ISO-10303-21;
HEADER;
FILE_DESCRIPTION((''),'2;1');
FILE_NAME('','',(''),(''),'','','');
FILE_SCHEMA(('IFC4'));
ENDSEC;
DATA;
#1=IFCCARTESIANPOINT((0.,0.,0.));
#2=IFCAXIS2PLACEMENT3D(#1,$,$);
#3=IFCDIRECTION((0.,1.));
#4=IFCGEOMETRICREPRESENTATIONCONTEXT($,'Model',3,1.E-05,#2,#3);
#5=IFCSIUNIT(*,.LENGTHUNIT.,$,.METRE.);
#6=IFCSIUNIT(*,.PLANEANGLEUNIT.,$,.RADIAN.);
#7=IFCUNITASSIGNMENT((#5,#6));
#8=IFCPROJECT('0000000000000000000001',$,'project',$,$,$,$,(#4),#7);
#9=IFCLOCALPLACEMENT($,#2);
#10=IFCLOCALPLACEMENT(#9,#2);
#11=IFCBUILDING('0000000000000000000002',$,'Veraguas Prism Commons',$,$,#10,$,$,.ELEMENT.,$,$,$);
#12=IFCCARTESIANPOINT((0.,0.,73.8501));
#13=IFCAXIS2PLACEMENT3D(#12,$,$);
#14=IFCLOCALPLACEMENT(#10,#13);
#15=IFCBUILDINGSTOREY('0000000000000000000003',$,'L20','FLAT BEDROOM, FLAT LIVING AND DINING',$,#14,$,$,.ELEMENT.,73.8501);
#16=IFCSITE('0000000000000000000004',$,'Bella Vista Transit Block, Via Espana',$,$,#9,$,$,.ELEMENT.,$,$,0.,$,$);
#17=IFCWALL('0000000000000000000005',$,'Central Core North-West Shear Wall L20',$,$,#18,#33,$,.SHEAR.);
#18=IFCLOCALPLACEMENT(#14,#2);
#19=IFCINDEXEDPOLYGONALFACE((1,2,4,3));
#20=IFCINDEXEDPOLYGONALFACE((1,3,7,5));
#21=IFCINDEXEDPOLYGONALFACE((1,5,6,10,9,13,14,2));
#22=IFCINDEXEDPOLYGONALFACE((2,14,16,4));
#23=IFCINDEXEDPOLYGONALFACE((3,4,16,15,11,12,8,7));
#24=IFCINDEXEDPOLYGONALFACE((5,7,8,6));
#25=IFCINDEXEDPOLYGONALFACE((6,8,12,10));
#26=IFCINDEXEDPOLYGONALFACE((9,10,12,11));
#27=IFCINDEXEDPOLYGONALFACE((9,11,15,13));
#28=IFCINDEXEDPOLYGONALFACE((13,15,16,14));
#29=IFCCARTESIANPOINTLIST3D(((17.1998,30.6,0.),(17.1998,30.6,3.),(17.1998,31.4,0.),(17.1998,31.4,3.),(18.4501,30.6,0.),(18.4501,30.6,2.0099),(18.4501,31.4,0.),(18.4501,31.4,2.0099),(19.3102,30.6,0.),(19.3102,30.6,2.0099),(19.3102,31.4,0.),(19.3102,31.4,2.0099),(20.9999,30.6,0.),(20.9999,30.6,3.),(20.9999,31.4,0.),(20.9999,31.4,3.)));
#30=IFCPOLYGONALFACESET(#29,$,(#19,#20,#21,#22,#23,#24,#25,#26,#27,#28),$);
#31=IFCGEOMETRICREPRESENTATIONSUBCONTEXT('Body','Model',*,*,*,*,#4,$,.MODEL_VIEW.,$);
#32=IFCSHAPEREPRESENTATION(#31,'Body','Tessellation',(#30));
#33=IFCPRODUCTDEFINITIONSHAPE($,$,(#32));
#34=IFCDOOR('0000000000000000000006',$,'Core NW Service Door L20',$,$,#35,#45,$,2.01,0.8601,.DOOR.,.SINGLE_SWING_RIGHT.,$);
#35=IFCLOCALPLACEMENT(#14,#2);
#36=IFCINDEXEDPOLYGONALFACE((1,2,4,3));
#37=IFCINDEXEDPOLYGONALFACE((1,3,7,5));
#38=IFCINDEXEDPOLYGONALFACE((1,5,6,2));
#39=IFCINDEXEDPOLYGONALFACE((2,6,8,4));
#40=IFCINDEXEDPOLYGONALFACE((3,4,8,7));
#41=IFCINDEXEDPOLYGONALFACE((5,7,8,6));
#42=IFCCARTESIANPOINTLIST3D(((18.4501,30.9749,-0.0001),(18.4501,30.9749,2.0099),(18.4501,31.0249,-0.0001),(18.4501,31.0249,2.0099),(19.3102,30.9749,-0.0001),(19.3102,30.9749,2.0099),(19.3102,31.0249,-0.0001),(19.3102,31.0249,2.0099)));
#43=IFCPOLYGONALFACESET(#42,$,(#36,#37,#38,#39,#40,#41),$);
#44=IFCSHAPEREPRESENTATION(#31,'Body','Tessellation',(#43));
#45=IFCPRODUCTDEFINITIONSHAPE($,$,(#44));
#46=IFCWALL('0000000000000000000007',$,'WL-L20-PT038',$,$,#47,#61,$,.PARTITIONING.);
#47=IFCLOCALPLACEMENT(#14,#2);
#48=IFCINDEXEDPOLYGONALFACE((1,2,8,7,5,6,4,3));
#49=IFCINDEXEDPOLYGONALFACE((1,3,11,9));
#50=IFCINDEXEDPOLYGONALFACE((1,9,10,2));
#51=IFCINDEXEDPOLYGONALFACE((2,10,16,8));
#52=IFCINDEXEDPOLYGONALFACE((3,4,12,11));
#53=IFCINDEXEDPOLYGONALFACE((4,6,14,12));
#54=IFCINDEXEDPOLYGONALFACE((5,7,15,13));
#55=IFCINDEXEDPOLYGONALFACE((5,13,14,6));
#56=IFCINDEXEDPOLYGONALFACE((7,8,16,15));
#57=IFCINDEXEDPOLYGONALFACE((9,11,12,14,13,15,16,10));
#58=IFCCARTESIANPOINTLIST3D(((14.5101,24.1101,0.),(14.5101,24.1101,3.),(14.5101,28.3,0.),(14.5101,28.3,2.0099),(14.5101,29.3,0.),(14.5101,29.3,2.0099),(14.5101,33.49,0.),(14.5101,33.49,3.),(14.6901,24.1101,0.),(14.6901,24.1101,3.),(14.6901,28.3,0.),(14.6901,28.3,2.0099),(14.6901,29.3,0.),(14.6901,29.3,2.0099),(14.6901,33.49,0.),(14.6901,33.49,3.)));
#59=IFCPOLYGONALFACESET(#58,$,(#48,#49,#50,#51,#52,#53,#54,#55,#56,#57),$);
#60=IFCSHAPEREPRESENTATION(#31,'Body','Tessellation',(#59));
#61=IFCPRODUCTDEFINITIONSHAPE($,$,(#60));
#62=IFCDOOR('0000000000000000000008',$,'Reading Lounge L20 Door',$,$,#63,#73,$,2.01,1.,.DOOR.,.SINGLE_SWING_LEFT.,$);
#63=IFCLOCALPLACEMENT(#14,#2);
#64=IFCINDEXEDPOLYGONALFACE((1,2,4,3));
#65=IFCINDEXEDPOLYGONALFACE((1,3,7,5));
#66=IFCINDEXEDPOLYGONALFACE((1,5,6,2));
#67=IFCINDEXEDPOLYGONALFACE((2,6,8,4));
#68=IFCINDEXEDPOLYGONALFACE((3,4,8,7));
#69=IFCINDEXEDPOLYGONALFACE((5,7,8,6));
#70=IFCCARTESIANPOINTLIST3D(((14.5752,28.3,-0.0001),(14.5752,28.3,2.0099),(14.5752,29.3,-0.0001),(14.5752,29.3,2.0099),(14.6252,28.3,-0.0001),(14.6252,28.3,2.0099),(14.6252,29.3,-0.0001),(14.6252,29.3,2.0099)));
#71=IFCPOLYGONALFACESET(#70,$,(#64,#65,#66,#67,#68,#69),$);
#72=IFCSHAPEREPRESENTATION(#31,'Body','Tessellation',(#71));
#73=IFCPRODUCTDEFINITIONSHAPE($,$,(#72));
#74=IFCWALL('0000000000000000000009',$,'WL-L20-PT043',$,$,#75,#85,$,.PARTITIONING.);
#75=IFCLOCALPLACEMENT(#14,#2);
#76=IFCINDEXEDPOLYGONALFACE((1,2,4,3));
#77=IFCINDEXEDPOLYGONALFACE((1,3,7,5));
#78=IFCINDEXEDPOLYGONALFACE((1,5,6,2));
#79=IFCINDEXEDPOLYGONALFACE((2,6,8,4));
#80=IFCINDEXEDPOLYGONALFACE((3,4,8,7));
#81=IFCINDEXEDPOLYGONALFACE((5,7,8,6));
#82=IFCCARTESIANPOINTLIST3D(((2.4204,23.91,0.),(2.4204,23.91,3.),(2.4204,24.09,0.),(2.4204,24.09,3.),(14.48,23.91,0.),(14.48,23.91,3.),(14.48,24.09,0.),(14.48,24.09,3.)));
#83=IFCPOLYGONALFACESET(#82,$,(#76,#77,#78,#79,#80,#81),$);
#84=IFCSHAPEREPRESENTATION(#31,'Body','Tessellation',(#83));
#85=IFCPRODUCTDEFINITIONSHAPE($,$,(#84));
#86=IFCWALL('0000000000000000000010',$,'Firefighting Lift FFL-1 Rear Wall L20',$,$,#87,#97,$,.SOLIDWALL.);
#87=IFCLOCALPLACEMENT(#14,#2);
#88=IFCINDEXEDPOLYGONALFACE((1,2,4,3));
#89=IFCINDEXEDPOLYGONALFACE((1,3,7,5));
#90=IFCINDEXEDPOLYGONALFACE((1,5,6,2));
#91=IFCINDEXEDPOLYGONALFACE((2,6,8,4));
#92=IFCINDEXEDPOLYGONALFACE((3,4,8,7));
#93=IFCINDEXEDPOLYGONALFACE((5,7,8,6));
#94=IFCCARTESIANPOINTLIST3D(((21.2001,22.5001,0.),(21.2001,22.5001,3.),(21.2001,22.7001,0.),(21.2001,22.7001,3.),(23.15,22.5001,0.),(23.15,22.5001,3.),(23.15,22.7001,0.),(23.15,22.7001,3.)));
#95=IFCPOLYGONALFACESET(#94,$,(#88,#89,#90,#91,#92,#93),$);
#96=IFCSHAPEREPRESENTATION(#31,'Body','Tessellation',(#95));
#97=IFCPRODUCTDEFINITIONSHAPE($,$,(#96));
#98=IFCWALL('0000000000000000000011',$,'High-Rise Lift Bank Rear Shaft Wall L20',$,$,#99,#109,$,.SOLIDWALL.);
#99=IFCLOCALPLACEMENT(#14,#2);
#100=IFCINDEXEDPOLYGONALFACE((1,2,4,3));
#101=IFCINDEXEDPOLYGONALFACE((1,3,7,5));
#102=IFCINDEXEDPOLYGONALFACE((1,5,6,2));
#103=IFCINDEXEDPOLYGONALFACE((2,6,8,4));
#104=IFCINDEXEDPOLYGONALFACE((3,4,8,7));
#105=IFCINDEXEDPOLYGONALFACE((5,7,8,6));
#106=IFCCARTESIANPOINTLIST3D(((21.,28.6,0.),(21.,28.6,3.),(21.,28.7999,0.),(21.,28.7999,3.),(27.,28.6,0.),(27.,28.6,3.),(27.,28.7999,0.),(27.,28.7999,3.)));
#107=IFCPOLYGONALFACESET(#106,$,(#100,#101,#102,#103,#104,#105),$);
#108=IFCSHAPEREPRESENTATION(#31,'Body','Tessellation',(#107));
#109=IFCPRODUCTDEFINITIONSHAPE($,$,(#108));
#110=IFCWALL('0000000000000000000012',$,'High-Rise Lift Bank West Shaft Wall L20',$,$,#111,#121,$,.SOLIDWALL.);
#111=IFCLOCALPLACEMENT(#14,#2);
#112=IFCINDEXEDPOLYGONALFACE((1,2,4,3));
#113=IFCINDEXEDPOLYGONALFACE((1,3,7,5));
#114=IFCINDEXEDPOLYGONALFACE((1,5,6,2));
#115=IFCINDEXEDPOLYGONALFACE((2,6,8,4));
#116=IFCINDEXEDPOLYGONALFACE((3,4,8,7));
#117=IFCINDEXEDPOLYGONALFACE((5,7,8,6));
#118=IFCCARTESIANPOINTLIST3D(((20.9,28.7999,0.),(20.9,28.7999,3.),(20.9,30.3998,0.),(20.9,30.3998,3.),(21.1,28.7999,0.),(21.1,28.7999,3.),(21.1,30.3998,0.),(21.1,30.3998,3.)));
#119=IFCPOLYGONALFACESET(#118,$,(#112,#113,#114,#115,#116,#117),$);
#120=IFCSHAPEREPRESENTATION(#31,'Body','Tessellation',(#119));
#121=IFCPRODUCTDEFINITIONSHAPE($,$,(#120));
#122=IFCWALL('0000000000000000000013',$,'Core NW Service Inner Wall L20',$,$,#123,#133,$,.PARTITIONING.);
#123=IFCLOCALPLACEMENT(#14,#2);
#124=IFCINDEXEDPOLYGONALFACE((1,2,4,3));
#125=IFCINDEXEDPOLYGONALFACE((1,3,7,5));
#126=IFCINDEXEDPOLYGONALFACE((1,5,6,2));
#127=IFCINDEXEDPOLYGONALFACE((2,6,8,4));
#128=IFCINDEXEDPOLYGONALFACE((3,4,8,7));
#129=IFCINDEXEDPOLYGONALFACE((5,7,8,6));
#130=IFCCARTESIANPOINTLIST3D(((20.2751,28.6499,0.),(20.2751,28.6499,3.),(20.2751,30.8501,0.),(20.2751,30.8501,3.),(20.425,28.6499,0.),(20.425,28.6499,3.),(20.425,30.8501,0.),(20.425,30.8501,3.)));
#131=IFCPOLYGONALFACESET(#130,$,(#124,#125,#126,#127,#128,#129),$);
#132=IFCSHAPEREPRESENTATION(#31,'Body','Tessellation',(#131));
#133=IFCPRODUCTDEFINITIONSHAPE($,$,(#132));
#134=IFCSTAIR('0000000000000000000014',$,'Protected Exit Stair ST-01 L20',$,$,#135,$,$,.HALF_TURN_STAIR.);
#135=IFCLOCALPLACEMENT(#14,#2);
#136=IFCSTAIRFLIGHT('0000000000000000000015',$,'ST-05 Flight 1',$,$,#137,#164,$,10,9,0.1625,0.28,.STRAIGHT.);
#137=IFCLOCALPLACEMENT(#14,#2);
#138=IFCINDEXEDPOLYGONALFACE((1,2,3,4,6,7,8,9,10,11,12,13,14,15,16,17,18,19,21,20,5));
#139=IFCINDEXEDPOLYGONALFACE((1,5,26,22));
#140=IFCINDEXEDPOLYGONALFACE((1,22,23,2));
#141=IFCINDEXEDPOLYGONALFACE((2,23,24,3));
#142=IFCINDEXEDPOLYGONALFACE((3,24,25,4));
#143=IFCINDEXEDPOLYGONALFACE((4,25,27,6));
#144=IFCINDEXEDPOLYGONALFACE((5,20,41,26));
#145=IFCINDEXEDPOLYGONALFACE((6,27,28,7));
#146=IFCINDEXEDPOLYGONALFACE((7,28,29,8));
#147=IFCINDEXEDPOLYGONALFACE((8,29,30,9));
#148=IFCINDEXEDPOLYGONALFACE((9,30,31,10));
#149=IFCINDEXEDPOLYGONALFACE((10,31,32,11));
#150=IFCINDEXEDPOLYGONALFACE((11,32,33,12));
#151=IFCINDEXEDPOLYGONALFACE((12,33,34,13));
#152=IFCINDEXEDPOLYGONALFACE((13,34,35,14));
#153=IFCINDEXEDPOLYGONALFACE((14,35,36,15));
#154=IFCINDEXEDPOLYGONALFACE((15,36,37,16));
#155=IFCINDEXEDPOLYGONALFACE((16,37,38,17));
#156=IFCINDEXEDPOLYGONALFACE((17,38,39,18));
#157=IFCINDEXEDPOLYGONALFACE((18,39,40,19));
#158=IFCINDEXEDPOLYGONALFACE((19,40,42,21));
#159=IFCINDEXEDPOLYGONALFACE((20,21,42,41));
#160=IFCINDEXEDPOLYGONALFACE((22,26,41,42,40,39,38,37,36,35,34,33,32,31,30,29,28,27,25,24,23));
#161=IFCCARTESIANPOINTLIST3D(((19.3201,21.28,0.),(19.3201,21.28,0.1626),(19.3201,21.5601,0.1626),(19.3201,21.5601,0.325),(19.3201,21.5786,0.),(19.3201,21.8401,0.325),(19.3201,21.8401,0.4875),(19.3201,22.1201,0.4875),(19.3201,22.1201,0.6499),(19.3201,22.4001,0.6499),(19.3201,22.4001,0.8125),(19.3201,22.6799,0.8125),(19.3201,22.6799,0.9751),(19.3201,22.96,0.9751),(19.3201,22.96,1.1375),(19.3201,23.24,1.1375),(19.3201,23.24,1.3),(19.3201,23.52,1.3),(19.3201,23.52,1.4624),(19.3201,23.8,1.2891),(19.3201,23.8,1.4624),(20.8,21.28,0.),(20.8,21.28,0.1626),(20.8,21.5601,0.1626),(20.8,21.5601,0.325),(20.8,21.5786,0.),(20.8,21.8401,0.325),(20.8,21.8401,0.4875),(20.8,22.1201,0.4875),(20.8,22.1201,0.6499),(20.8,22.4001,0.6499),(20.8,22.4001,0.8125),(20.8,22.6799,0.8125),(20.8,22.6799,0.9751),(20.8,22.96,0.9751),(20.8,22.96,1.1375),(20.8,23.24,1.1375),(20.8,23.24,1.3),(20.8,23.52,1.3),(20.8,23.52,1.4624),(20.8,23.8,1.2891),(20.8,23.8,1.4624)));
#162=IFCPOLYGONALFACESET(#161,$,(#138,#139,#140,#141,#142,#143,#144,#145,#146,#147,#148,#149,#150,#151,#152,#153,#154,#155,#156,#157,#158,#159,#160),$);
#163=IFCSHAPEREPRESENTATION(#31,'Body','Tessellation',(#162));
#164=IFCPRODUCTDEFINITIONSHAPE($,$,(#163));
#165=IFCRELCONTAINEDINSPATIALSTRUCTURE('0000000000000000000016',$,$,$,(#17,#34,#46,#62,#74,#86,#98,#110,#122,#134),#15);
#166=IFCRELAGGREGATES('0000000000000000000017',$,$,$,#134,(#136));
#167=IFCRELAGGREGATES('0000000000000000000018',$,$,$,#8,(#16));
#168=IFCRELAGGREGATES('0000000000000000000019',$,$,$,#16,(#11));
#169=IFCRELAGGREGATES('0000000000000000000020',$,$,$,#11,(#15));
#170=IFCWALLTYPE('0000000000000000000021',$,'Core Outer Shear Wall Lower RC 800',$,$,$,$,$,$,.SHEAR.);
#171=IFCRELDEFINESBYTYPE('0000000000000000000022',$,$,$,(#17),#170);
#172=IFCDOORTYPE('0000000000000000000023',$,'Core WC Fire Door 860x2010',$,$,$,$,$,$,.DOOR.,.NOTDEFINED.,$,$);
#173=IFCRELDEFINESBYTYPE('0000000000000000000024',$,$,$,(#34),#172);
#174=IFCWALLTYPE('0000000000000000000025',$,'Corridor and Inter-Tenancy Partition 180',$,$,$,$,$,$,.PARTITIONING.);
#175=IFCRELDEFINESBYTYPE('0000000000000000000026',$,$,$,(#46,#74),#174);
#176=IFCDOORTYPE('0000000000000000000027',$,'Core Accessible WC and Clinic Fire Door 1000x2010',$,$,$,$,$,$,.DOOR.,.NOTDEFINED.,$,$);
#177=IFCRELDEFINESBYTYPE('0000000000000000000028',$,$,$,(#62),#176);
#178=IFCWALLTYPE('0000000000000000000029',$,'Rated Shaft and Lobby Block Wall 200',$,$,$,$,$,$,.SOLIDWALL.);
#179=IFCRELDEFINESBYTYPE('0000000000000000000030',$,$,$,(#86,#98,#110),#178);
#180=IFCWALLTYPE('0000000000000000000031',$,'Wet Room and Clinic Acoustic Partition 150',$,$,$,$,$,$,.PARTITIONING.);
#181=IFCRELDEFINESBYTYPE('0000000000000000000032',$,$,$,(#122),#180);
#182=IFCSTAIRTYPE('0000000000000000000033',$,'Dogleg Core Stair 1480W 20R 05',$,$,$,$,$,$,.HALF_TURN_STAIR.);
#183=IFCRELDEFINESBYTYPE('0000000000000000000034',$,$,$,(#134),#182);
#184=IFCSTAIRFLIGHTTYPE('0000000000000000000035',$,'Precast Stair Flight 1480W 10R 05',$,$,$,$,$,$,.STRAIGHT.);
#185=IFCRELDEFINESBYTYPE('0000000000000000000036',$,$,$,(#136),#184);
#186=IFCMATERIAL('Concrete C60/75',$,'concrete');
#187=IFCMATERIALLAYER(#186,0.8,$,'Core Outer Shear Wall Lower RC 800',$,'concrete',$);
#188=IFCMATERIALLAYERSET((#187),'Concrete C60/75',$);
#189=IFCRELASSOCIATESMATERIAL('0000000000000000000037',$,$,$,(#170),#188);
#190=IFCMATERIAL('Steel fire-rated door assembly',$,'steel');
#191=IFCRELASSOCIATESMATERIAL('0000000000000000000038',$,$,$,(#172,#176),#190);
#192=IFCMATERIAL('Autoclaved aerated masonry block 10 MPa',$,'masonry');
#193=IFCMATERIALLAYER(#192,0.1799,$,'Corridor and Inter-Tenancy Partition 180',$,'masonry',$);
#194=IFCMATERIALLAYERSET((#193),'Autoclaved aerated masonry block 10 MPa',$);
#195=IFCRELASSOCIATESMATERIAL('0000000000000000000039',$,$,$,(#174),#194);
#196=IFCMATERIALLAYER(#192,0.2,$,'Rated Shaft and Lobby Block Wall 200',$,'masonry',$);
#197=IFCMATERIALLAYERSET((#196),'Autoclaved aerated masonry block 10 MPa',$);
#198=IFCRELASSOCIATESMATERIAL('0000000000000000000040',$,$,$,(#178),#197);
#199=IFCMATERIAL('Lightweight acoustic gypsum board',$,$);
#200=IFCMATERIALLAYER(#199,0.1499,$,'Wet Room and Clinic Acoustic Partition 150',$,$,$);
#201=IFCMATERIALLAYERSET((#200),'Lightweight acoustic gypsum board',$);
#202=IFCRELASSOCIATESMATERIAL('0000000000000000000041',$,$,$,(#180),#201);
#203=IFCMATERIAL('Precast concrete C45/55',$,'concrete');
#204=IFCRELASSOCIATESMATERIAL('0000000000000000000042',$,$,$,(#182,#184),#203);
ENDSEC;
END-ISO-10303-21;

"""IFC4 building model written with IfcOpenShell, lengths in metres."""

from ifc_helpers import new_model, si_unit, direction, frame, frame_2d, origin, place, context, subcontext, project, spatial, polyline, rectangle, outline, extrude, source, transform, mapped, material, layer, layer_set, type_object, element, fill, aggregate, save


model = new_model("IFC4")

# Units and contexts
model_context = context("Model", 3, precision=1e-05, world=origin(), true_north=direction((0.0, 1.0)))
body_context = subcontext(model_context, "Body", "Model", "MODEL_VIEW")
ifc_project = project(units=[si_unit("LENGTHUNIT", "METRE"), si_unit("PLANEANGLEUNIT", "RADIAN")], contexts=[model_context])

# Site, building, storey
site_placement = place(None, origin())
site = spatial("IfcSite", under=ifc_project, at=site_placement, Name="Bella Vista Transit Block, Via Espana", CompositionType="ELEMENT", RefElevation=0.0)
building_placement = place(site_placement, origin())
building = spatial("IfcBuilding", under=site, at=building_placement, Name="Veraguas Prism Commons", CompositionType="ELEMENT")
storey_placement = place(building_placement, frame((0.0, 0.0, 73.8501)))
storey = spatial("IfcBuildingStorey", under=building, at=storey_placement, Name="L20", Description="FLAT BEDROOM, FLAT LIVING AND DINING", CompositionType="ELEMENT", Elevation=73.8501)

# Shared definitions
ifc_material_1 = material(Name="Concrete C60/75", Category="concrete")

# Walls, openings, doors
ifc_layer_1 = layer(ifc_material_1, 0.8, Name="Core Outer Shear Wall Lower RC 800", Category="concrete")
ifc_layer_set_1 = layer_set([ifc_layer_1], Name="Concrete C60/75")
wall_type_1 = type_object("IfcWallType", Name="Core Outer Shear Wall Lower RC 800", PredefinedType="SHEAR", material=ifc_layer_set_1)
wall_1_placement = place(storey_placement, frame((17.2, 31.0, 0.0), z_axis=(0.0, 0.0, 1.0), x_axis=(1.0, 0.0, 0.0)))
wall_1 = element("IfcWall", 1, at=wall_1_placement, inside=storey, type_object=wall_type_1, Name="Central Core North-West Shear Wall L20", PredefinedType="SHEAR", context=body_context, shape_type="SweptSolid", body=[
    extrude(rectangle(XDim=3.8, YDim=0.8, at=frame_2d((1.8999, 0.0))), origin(), (0.0, 0.0, 1.0), 3.0),
])
opening_1_placement = place(wall_1_placement, frame((1.25, 0.0, 0.0)))
opening_1 = element("IfcOpeningElement", 2, at=opening_1_placement, cuts=wall_1, PredefinedType="OPENING", context=body_context, shape_type="SweptSolid", body=[
    extrude(rectangle(XDim=0.8601, YDim=2.01, at=frame_2d((0.4302, 1.0049))), frame((0.0, 0.4099, 0.0), z_axis=(0.0, -1.0, 0.0), x_axis=(1.0, 0.0, 0.0)), (0.0, 0.0, 1.0), 0.8201),
])
ifc_material_2 = material(Name="Steel fire-rated door assembly", Category="steel")
door_type_1 = type_object("IfcDoorType", Name="Core WC Fire Door 860x2010", OperationType="NOTDEFINED", PredefinedType="DOOR", material=ifc_material_2)
shared_shape_1 = source(origin(), body_context, "Body", "SweptSolid", [
    extrude(rectangle(XDim=0.8601, YDim=2.01, at=frame_2d((0.4302, 1.0049))), frame((0.0, 0.0249, 0.0), z_axis=(0.0, -1.0, 0.0), x_axis=(1.0, 0.0, 0.0)), (0.0, 0.0, 1.0), 0.05),
])
door_1_placement = place(opening_1_placement, origin())
door_1 = element("IfcDoor", 3, at=door_1_placement, inside=storey, type_object=door_type_1, Name="Core NW Service Door L20", OperationType="SINGLE_SWING_RIGHT", OverallHeight=2.01, OverallWidth=0.8601, PredefinedType="DOOR", context=body_context, shape_type="MappedRepresentation", body=[
    mapped(shared_shape_1, transform((0.0, 0.0, 0.0), scale=1.0)),
])
fill(opening_1, door_1)
ifc_material_3 = material(Name="Autoclaved aerated masonry block 10 MPa", Category="masonry")
ifc_layer_2 = layer(ifc_material_3, 0.1799, Name="Corridor and Inter-Tenancy Partition 180", Category="masonry")
ifc_layer_set_2 = layer_set([ifc_layer_2], Name="Autoclaved aerated masonry block 10 MPa")
wall_type_2 = type_object("IfcWallType", Name="Corridor and Inter-Tenancy Partition 180", PredefinedType="PARTITIONING", material=ifc_layer_set_2)
wall_2_placement = place(storey_placement, frame((14.6001, 24.1101, 0.0), z_axis=(0.0, 0.0, 1.0), x_axis=(0.0, 1.0, 0.0)))
wall_2 = element("IfcWall", 4, at=wall_2_placement, inside=storey, type_object=wall_type_2, Name="WL-L20-PT038", PredefinedType="PARTITIONING", context=body_context, shape_type="SweptSolid", body=[
    extrude(rectangle(XDim=9.3799, YDim=0.1799, at=frame_2d((4.6899, 0.0))), origin(), (0.0, 0.0, 1.0), 3.0),
])
opening_2_placement = place(wall_2_placement, frame((4.1899, 0.0, 0.0)))
opening_2 = element("IfcOpeningElement", 5, at=opening_2_placement, cuts=wall_2, PredefinedType="OPENING", context=body_context, shape_type="SweptSolid", body=[
    extrude(rectangle(XDim=1.0, YDim=2.01, at=frame_2d((0.5, 1.0049))), frame((0.0, 0.0999, 0.0), z_axis=(0.0, -1.0, 0.0), x_axis=(1.0, 0.0, 0.0)), (0.0, 0.0, 1.0), 0.2),
])
door_type_2 = type_object("IfcDoorType", Name="Core Accessible WC and Clinic Fire Door 1000x2010", OperationType="NOTDEFINED", PredefinedType="DOOR", material=ifc_material_2)
shared_shape_2 = source(origin(), body_context, "Body", "SweptSolid", [
    extrude(rectangle(XDim=1.0, YDim=2.01, at=frame_2d((0.5, 1.0049))), frame((0.0, 0.0249, 0.0), z_axis=(0.0, -1.0, 0.0), x_axis=(1.0, 0.0, 0.0)), (0.0, 0.0, 1.0), 0.05),
])
door_2_placement = place(opening_2_placement, origin())
door_2 = element("IfcDoor", 6, at=door_2_placement, inside=storey, type_object=door_type_2, Name="Reading Lounge L20 Door", OperationType="SINGLE_SWING_LEFT", OverallHeight=2.01, OverallWidth=1.0, PredefinedType="DOOR", context=body_context, shape_type="MappedRepresentation", body=[
    mapped(shared_shape_2, transform((0.0, 0.0, 0.0), scale=1.0)),
])
fill(opening_2, door_2)

# Walls
wall_3_placement = place(storey_placement, frame((14.48, 24.0, 0.0), z_axis=(0.0, 0.0, 1.0), x_axis=(-1.0, 0.0, 0.0)))
element("IfcWall", 7, at=wall_3_placement, inside=storey, type_object=wall_type_2, Name="WL-L20-PT043", PredefinedType="PARTITIONING", context=body_context, shape_type="SweptSolid", body=[
    extrude(rectangle(XDim=12.0596, YDim=0.1799, at=frame_2d((6.0298, 0.0))), origin(), (0.0, 0.0, 1.0), 3.0),
])
ifc_layer_3 = layer(ifc_material_3, 0.2, Name="Rated Shaft and Lobby Block Wall 200", Category="masonry")
ifc_layer_set_3 = layer_set([ifc_layer_3], Name="Autoclaved aerated masonry block 10 MPa")
wall_type_3 = type_object("IfcWallType", Name="Rated Shaft and Lobby Block Wall 200", PredefinedType="SOLIDWALL", material=ifc_layer_set_3)
wall_4_placement = place(storey_placement, frame((21.2, 22.6001, 0.0), z_axis=(0.0, 0.0, 1.0), x_axis=(1.0, 0.0, 0.0)))
element("IfcWall", 8, at=wall_4_placement, inside=storey, type_object=wall_type_3, Name="Firefighting Lift FFL-1 Rear Wall L20", PredefinedType="SOLIDWALL", context=body_context, shape_type="SweptSolid", body=[
    extrude(rectangle(XDim=1.95, YDim=0.2, at=frame_2d((0.9751, 0.0))), origin(), (0.0, 0.0, 1.0), 3.0),
])
wall_5_placement = place(storey_placement, frame((21.0, 28.7, 0.0), z_axis=(0.0, 0.0, 1.0), x_axis=(1.0, 0.0, 0.0)))
element("IfcWall", 9, at=wall_5_placement, inside=storey, type_object=wall_type_3, Name="High-Rise Lift Bank Rear Shaft Wall L20", PredefinedType="SOLIDWALL", context=body_context, shape_type="SweptSolid", body=[
    extrude(rectangle(XDim=6.0, YDim=0.2, at=frame_2d((3.0, 0.0))), origin(), (0.0, 0.0, 1.0), 3.0),
])
wall_6_placement = place(storey_placement, frame((21.0, 28.8, 0.0), z_axis=(0.0, 0.0, 1.0), x_axis=(0.0, 1.0, 0.0)))
element("IfcWall", 10, at=wall_6_placement, inside=storey, type_object=wall_type_3, Name="High-Rise Lift Bank West Shaft Wall L20", PredefinedType="SOLIDWALL", context=body_context, shape_type="SweptSolid", body=[
    extrude(rectangle(XDim=1.5999, YDim=0.2, at=frame_2d((0.7998, 0.0))), origin(), (0.0, 0.0, 1.0), 3.0),
])
ifc_material_4 = material(Name="Lightweight acoustic gypsum board")
ifc_layer_4 = layer(ifc_material_4, 0.1499, Name="Wet Room and Clinic Acoustic Partition 150")
ifc_layer_set_4 = layer_set([ifc_layer_4], Name="Lightweight acoustic gypsum board")
wall_type_4 = type_object("IfcWallType", Name="Wet Room and Clinic Acoustic Partition 150", PredefinedType="PARTITIONING", material=ifc_layer_set_4)
wall_7_placement = place(storey_placement, frame((20.3501, 28.6499, 0.0), z_axis=(0.0, 0.0, 1.0), x_axis=(0.0, 1.0, 0.0)))
element("IfcWall", 11, at=wall_7_placement, inside=storey, type_object=wall_type_4, Name="Core NW Service Inner Wall L20", PredefinedType="PARTITIONING", context=body_context, shape_type="SweptSolid", body=[
    extrude(rectangle(XDim=2.2002, YDim=0.1499, at=frame_2d((1.1001, 0.0))), origin(), (0.0, 0.0, 1.0), 3.0),
])

# Stair, stair flight
ifc_material_5 = material(Name="Precast concrete C45/55", Category="concrete")
stair_type = type_object("IfcStairType", Name="Dogleg Core Stair 1480W 20R 05", PredefinedType="HALF_TURN_STAIR", material=ifc_material_5)
stair_placement = place(storey_placement, origin())
stair = element("IfcStair", 12, at=stair_placement, inside=storey, type_object=stair_type, Name="Protected Exit Stair ST-01 L20", PredefinedType="HALF_TURN_STAIR")
stair_flight_type = type_object("IfcStairFlightType", Name="Precast Stair Flight 1480W 10R 05", PredefinedType="STRAIGHT", material=ifc_material_5)
stair_flight_1_placement = place(storey_placement, frame((20.0601, 21.28, 0.0), z_axis=(0.0, 0.0, 1.0), x_axis=(0.0, 1.0, 0.0)))
stair_flight_1 = element("IfcStairFlight", 13, at=stair_flight_1_placement, type_object=stair_flight_type, Name="ST-05 Flight 1", NumberOfRisers=10, NumberOfTreads=9, PredefinedType="STRAIGHT", RiserHeight=0.1625, TreadLength=0.28, context=body_context, shape_type="SweptSolid", body=[
    extrude(outline(polyline([(0.0, 0.0), (0.0, 0.1626), (0.28, 0.1626), (0.28, 0.325), (0.5601, 0.325), (0.5601, 0.4875), (0.8401, 0.4875), (0.8401, 0.6499), (1.1201, 0.6499), (1.1201, 0.8125), (1.3999, 0.8125), (1.3999, 0.9751), (1.6799, 0.9751), (1.6799, 1.1375), (1.96, 1.1375), (1.96, 1.3), (2.24, 1.3), (2.24, 1.4624), (2.52, 1.4624), (2.52, 1.625), (2.52, 1.2891), (0.2986, 0.0), (0.0, 0.0)])), frame((0.0, 0.74, 0.0), z_axis=(0.0, -1.0, 0.0), x_axis=(1.0, 0.0, 0.0)), (0.0, 0.0, 1.0), 1.48),
])
aggregate(stair, [stair_flight_1])

save(model, "model.ifc")
